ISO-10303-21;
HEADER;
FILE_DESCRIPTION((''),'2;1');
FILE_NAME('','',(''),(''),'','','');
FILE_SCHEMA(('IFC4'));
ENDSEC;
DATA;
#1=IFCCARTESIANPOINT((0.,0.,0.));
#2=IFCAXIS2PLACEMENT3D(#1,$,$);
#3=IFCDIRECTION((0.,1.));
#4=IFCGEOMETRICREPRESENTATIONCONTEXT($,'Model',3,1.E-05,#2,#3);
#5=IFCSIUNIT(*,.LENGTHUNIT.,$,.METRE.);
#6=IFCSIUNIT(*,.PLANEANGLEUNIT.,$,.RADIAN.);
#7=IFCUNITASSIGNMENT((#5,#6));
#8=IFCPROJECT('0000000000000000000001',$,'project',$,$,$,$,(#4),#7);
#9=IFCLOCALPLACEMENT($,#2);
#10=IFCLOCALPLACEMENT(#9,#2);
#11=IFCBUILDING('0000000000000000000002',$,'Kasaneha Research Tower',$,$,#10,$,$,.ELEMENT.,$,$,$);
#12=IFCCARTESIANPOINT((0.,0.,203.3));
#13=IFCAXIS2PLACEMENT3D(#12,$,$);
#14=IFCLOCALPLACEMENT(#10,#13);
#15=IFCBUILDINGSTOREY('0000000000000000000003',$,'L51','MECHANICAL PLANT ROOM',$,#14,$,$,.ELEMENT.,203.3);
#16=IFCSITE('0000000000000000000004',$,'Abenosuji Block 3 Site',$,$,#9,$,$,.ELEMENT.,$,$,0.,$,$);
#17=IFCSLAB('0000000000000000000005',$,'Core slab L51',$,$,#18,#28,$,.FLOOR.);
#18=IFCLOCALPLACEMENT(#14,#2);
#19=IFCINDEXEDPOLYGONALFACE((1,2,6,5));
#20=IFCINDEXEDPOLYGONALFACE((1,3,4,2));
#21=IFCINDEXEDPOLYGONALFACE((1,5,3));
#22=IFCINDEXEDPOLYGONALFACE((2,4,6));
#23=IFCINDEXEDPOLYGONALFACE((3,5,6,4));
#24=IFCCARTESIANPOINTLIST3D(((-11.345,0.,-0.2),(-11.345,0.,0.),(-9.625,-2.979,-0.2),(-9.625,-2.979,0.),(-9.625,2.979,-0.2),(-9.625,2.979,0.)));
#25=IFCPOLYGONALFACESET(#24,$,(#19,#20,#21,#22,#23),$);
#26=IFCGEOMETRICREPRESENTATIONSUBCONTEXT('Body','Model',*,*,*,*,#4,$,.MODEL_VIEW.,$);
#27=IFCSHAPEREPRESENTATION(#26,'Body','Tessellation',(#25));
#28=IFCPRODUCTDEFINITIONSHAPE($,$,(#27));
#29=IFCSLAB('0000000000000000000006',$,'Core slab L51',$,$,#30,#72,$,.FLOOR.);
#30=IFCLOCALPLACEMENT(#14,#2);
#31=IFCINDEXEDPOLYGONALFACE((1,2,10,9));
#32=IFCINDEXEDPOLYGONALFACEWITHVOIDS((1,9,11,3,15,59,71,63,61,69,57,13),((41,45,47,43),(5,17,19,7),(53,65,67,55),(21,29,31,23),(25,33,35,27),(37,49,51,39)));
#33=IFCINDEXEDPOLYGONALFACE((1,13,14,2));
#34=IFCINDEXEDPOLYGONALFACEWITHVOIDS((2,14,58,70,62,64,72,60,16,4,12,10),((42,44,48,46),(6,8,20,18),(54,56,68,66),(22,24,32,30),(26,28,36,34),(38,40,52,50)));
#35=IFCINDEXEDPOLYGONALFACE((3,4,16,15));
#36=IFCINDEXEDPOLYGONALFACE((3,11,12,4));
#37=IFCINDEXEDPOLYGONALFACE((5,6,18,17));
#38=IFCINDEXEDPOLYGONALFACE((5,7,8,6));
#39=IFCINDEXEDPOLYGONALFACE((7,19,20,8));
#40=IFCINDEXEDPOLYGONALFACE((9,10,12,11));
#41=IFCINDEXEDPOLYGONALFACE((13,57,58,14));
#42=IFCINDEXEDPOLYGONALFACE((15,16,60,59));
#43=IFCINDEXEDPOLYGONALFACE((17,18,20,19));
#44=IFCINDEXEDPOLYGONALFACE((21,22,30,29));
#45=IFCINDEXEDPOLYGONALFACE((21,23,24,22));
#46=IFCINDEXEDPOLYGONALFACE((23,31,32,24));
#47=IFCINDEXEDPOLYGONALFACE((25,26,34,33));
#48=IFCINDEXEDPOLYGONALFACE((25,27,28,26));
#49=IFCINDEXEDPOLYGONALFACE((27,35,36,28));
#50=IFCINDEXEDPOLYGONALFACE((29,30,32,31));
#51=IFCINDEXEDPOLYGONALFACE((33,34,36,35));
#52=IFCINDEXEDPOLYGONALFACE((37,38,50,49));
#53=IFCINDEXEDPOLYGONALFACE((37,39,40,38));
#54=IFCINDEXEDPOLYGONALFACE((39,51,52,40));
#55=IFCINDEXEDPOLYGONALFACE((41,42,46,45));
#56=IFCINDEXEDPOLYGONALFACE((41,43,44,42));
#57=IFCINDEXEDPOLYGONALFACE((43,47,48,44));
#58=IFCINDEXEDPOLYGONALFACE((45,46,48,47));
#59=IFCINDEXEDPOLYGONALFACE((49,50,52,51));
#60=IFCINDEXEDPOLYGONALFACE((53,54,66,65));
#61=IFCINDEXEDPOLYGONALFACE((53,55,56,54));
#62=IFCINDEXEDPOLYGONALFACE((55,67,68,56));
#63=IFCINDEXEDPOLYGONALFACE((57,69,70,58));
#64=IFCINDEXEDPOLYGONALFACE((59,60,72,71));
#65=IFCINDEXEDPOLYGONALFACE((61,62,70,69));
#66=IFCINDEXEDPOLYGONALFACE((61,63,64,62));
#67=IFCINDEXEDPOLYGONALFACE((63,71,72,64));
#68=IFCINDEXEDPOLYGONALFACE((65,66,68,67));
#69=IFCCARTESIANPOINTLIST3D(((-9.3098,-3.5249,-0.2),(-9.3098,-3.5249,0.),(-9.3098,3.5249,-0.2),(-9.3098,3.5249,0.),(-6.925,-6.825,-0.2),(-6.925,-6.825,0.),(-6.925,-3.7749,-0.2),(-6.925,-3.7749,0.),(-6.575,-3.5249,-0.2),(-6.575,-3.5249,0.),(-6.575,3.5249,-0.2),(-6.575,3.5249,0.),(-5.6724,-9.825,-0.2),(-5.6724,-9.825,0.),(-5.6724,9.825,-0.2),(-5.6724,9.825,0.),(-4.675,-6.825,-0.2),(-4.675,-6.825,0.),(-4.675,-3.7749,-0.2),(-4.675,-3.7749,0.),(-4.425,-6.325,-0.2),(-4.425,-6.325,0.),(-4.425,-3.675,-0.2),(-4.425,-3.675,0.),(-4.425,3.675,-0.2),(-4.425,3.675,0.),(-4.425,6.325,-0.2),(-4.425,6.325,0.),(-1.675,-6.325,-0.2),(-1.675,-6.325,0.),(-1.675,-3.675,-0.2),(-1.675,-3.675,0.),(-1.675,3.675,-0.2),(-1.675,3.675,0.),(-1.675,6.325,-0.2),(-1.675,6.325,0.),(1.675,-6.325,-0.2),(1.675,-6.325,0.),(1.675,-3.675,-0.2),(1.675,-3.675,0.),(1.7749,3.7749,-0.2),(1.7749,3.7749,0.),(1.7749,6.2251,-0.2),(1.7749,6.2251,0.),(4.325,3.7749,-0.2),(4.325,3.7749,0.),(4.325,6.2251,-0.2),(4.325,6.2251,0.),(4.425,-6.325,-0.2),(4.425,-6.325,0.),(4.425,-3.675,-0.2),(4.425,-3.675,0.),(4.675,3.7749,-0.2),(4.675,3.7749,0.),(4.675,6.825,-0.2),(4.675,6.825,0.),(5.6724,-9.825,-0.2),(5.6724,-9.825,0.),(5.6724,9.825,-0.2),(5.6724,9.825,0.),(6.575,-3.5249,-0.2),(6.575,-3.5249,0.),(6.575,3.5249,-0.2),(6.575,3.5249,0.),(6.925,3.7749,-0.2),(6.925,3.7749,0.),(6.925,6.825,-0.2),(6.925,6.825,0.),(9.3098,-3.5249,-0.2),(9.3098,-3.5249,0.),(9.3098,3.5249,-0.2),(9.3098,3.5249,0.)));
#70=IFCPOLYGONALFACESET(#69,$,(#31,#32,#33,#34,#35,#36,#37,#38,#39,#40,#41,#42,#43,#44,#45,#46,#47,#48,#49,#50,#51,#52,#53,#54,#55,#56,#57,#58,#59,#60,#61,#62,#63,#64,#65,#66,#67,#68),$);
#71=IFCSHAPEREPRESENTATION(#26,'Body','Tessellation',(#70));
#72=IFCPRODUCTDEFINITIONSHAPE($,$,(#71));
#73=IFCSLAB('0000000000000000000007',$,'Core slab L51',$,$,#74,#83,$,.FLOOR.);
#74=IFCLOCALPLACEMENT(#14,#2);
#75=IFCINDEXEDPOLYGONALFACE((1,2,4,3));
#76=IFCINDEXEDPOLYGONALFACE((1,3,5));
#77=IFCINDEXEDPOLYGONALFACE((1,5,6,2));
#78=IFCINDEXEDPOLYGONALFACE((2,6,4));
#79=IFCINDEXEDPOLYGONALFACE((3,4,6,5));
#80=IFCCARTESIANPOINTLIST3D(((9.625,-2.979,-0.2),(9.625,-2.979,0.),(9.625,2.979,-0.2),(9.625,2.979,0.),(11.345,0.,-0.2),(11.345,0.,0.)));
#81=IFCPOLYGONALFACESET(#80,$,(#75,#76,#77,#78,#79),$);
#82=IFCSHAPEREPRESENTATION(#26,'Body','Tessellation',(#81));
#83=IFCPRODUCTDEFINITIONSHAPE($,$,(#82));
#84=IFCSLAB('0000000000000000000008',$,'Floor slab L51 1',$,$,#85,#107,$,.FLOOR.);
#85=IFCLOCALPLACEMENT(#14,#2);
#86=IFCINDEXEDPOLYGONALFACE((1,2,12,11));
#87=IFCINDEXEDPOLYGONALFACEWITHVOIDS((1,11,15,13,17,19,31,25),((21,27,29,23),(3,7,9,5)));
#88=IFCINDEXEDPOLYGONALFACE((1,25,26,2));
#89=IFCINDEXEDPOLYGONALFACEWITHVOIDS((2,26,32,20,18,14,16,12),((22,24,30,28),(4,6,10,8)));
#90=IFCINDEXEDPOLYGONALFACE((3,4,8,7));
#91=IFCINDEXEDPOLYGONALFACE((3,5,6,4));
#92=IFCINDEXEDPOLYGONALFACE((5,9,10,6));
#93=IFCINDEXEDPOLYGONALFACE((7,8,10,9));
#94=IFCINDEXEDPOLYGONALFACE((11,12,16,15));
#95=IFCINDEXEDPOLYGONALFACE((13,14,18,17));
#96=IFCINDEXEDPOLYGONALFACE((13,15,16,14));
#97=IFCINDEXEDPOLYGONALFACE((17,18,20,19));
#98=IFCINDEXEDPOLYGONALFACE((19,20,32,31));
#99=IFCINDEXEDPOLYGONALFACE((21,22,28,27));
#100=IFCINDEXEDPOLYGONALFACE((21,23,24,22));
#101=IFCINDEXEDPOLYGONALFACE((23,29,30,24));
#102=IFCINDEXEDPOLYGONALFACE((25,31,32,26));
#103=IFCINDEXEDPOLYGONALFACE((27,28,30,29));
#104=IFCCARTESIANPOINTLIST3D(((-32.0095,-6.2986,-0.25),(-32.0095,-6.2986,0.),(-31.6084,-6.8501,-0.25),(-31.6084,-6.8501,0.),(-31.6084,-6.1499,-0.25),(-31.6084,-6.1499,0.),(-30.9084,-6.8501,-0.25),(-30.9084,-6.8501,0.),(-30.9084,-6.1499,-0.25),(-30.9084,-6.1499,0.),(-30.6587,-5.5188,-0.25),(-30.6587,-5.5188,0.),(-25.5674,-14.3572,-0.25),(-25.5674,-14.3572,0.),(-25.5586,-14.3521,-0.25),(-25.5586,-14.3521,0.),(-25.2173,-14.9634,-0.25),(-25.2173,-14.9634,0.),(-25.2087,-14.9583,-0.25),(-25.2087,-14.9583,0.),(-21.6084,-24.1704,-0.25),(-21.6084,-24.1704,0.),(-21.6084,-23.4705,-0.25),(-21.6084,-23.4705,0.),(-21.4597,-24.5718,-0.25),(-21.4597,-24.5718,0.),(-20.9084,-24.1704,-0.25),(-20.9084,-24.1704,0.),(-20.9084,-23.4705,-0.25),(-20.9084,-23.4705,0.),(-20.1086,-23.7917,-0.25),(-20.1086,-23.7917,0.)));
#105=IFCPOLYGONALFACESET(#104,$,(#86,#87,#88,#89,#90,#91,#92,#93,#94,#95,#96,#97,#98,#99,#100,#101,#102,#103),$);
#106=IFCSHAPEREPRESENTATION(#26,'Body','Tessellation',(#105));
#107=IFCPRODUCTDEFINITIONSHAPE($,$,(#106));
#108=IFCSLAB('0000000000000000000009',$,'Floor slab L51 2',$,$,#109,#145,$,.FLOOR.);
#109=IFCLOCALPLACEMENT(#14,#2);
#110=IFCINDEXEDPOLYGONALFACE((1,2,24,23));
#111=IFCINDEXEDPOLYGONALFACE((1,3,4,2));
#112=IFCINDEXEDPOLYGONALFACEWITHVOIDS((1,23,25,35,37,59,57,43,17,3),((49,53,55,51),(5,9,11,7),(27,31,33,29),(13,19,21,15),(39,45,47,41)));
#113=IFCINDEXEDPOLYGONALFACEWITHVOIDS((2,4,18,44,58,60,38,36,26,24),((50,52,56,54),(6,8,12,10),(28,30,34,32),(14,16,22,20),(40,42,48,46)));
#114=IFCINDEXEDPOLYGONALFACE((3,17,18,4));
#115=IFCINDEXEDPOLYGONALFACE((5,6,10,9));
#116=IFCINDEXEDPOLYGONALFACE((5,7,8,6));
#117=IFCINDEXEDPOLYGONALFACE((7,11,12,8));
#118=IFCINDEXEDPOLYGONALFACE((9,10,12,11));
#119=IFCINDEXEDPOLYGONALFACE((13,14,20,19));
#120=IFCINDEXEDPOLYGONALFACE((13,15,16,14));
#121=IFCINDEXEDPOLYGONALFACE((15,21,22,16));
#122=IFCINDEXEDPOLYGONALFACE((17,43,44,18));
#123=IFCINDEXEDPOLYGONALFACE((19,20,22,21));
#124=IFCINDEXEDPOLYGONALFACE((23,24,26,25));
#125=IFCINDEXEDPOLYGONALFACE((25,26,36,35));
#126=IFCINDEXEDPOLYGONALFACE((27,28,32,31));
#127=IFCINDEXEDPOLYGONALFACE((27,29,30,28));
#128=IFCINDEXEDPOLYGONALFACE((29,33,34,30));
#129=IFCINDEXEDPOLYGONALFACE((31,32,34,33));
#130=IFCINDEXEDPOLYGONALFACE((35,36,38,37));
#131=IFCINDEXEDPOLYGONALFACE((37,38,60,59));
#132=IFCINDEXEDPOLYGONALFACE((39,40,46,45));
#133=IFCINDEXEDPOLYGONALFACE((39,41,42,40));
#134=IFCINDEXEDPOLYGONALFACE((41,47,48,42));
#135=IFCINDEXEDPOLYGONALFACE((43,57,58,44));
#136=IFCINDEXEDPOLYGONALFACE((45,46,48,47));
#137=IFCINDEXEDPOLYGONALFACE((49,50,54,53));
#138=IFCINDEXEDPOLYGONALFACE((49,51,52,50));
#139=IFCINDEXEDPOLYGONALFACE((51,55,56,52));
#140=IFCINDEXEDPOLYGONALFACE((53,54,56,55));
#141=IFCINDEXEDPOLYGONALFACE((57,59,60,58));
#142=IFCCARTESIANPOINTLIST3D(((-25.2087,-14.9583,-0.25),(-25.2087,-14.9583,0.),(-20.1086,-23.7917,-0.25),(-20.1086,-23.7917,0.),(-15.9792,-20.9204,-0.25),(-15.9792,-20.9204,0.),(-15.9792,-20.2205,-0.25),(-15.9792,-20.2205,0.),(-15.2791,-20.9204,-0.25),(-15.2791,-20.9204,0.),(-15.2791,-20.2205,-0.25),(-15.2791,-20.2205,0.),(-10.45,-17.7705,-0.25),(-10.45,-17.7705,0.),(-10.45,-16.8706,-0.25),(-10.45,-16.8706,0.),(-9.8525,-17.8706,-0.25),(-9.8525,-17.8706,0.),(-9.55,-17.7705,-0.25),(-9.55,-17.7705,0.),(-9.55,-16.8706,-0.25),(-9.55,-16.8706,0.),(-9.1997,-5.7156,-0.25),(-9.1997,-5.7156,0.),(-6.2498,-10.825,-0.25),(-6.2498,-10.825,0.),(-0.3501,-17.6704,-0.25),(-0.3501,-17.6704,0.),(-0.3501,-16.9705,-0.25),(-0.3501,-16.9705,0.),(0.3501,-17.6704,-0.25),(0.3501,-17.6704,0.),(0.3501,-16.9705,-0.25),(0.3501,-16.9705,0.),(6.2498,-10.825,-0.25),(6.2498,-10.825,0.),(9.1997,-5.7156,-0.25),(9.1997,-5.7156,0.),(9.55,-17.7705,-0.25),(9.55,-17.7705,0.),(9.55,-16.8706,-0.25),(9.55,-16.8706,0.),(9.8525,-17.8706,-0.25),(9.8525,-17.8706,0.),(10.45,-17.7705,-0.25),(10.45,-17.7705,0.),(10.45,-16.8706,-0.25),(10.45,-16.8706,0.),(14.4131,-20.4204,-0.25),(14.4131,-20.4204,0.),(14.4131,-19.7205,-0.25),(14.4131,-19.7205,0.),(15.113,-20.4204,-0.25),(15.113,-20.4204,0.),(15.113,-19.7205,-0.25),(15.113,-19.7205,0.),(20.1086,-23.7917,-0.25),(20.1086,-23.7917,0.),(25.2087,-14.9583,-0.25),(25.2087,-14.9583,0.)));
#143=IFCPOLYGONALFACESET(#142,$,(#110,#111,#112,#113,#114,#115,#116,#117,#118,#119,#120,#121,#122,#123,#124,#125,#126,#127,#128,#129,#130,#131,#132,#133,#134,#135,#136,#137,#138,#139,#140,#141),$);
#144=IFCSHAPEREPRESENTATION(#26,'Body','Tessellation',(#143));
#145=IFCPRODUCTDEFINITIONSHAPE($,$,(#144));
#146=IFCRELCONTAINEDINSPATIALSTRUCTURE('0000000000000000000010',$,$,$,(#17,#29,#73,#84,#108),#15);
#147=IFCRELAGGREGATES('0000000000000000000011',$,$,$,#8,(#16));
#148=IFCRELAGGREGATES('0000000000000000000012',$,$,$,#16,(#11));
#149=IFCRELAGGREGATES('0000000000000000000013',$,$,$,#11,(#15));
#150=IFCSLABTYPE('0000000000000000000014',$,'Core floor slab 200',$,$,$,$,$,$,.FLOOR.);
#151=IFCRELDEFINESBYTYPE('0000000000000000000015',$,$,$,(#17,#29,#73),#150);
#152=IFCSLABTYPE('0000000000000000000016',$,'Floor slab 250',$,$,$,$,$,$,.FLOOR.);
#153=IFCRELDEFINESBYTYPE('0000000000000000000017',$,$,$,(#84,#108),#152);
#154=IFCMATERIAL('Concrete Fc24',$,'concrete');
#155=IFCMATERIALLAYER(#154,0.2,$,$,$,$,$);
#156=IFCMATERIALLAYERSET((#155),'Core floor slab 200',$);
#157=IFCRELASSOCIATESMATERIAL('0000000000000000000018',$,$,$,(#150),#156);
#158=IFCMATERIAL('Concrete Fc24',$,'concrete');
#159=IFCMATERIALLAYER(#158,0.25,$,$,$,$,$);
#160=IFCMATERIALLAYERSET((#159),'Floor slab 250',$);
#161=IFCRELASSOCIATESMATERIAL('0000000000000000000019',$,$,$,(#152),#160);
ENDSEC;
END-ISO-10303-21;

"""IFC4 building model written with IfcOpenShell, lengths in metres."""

from ifc_helpers import new_model, si_unit, direction, frame, origin, place, context, subcontext, project, spatial, polyline, outline, extrude, material, layer, layer_set, type_object, element, save


model = new_model("IFC4")

# Units and contexts
model_context = context("Model", 3, precision=1e-05, world=origin(), true_north=direction((0.0, 1.0)))
body_context = subcontext(model_context, "Body", "Model", "MODEL_VIEW")
ifc_project = project(units=[si_unit("LENGTHUNIT", "METRE"), si_unit("PLANEANGLEUNIT", "RADIAN")], contexts=[model_context])

# Site, building, storey
site_placement = place(None, origin())
site = spatial("IfcSite", under=ifc_project, at=site_placement, Name="Abenosuji Block 3 Site", CompositionType="ELEMENT", RefElevation=0.0)
building_placement = place(site_placement, origin())
building = spatial("IfcBuilding", under=site, at=building_placement, Name="Kasaneha Research Tower", CompositionType="ELEMENT")
storey_placement = place(building_placement, frame((0.0, 0.0, 203.3)))
storey = spatial("IfcBuildingStorey", under=building, at=storey_placement, Name="L51", Description="MECHANICAL PLANT ROOM", CompositionType="ELEMENT", Elevation=203.3)

# Slabs
ifc_material_1 = material(Name="Concrete Fc24", Category="concrete")
ifc_layer_1 = layer(ifc_material_1, 0.2)
ifc_layer_set_1 = layer_set([ifc_layer_1], Name="Core floor slab 200")
slab_type_1 = type_object("IfcSlabType", Name="Core floor slab 200", PredefinedType="FLOOR", material=ifc_layer_set_1)
slab_1_placement = place(storey_placement, frame((0.0, 0.0, -0.2)))
element("IfcSlab", 1, at=slab_1_placement, inside=storey, type_object=slab_type_1, Name="Core slab L51", PredefinedType="FLOOR", context=body_context, shape_type="SweptSolid", body=[
    extrude(outline(polyline([(-11.345, 0.0), (-9.625, 2.979), (-9.625, -2.979), (-11.345, 0.0)])), origin(), (0.0, 0.0, 1.0), 0.2),
])
slab_2_placement = place(storey_placement, frame((0.0, 0.0, -0.2)))
element("IfcSlab", 2, at=slab_2_placement, inside=storey, type_object=slab_type_1, Name="Core slab L51", PredefinedType="FLOOR", context=body_context, shape_type="SweptSolid", body=[
    extrude(outline(polyline([(-5.6724, 9.825), (5.6724, 9.825), (9.3098, 3.5249), (6.575, 3.5249), (6.575, -3.5249), (9.3098, -3.5249), (5.6724, -9.825), (-5.6724, -9.825), (-9.3098, -3.5249), (-6.575, -3.5249), (-6.575, 3.5249), (-9.3098, 3.5249), (-5.6724, 9.825)]), holes=[polyline([(-6.925, -3.7749), (-6.925, -6.825), (-4.675, -6.825), (-4.675, -3.7749), (-6.925, -3.7749)]), polyline([(-4.425, -3.675), (-4.425, -6.325), (-1.675, -6.325), (-1.675, -3.675), (-4.425, -3.675)]), polyline([(1.675, -3.675), (1.675, -6.325), (4.425, -6.325), (4.425, -3.675), (1.675, -3.675)]), polyline([(-4.425, 6.325), (-4.425, 3.675), (-1.675, 3.675), (-1.675, 6.325), (-4.425, 6.325)]), polyline([(1.7749, 6.2251), (1.7749, 3.7749), (4.325, 3.7749), (4.325, 6.2251), (1.7749, 6.2251)]), polyline([(4.675, 6.825), (4.675, 3.7749), (6.925, 3.7749), (6.925, 6.825), (4.675, 6.825)])]), origin(), (0.0, 0.0, 1.0), 0.2),
])
slab_3_placement = place(storey_placement, frame((0.0, 0.0, -0.2)))
element("IfcSlab", 3, at=slab_3_placement, inside=storey, type_object=slab_type_1, Name="Core slab L51", PredefinedType="FLOOR", context=body_context, shape_type="SweptSolid", body=[
    extrude(outline(polyline([(11.345, 0.0), (9.625, -2.979), (9.625, 2.979), (11.345, 0.0)])), origin(), (0.0, 0.0, 1.0), 0.2),
])
ifc_material_2 = material(Name="Concrete Fc24", Category="concrete")
ifc_layer_2 = layer(ifc_material_2, 0.25)
ifc_layer_set_2 = layer_set([ifc_layer_2], Name="Floor slab 250")
slab_type_2 = type_object("IfcSlabType", Name="Floor slab 250", PredefinedType="FLOOR", material=ifc_layer_set_2)
slab_4_placement = place(storey_placement, frame((0.0, 0.0, -0.25)))
element("IfcSlab", 4, at=slab_4_placement, inside=storey, type_object=slab_type_2, Name="Floor slab L51 1", PredefinedType="FLOOR", context=body_context, shape_type="SweptSolid", body=[
    extrude(outline(polyline([(-25.5586, -14.3521), (-25.5674, -14.3572), (-25.2173, -14.9634), (-25.2087, -14.9583), (-20.1086, -23.7917), (-21.4597, -24.5718), (-32.0095, -6.2986), (-30.6587, -5.5188), (-25.5586, -14.3521)]), holes=[polyline([(-21.6084, -24.1704), (-20.9084, -24.1704), (-20.9084, -23.4705), (-21.6084, -23.4705), (-21.6084, -24.1704)]), polyline([(-31.6084, -6.8501), (-30.9084, -6.8501), (-30.9084, -6.1499), (-31.6084, -6.1499), (-31.6084, -6.8501)])]), origin(), (0.0, 0.0, 1.0), 0.25),
])
slab_5_placement = place(storey_placement, frame((0.0, 0.0, -0.25)))
element("IfcSlab", 5, at=slab_5_placement, inside=storey, type_object=slab_type_2, Name="Floor slab L51 2", PredefinedType="FLOOR", context=body_context, shape_type="SweptSolid", body=[
    extrude(outline(polyline([(9.8525, -17.8706), (-9.8525, -17.8706), (-20.1086, -23.7917), (-25.2087, -14.9583), (-9.1997, -5.7156), (-6.2498, -10.825), (6.2498, -10.825), (9.1997, -5.7156), (25.2087, -14.9583), (20.1086, -23.7917), (9.8525, -17.8706)]), holes=[polyline([(-15.9792, -20.9204), (-15.2791, -20.9204), (-15.2791, -20.2205), (-15.9792, -20.2205), (-15.9792, -20.9204)]), polyline([(-0.3501, -17.6704), (0.3501, -17.6704), (0.3501, -16.9705), (-0.3501, -16.9705), (-0.3501, -17.6704)]), polyline([(-10.45, -16.8706), (-10.45, -17.7705), (-9.55, -17.7705), (-9.55, -16.8706), (-10.45, -16.8706)]), polyline([(14.4131, -20.4204), (15.113, -20.4204), (15.113, -19.7205), (14.4131, -19.7205), (14.4131, -20.4204)]), polyline([(9.55, -16.8706), (9.55, -17.7705), (10.45, -17.7705), (10.45, -16.8706), (9.55, -16.8706)])]), origin(), (0.0, 0.0, 1.0), 0.25),
])

save(model, "model.ifc")
